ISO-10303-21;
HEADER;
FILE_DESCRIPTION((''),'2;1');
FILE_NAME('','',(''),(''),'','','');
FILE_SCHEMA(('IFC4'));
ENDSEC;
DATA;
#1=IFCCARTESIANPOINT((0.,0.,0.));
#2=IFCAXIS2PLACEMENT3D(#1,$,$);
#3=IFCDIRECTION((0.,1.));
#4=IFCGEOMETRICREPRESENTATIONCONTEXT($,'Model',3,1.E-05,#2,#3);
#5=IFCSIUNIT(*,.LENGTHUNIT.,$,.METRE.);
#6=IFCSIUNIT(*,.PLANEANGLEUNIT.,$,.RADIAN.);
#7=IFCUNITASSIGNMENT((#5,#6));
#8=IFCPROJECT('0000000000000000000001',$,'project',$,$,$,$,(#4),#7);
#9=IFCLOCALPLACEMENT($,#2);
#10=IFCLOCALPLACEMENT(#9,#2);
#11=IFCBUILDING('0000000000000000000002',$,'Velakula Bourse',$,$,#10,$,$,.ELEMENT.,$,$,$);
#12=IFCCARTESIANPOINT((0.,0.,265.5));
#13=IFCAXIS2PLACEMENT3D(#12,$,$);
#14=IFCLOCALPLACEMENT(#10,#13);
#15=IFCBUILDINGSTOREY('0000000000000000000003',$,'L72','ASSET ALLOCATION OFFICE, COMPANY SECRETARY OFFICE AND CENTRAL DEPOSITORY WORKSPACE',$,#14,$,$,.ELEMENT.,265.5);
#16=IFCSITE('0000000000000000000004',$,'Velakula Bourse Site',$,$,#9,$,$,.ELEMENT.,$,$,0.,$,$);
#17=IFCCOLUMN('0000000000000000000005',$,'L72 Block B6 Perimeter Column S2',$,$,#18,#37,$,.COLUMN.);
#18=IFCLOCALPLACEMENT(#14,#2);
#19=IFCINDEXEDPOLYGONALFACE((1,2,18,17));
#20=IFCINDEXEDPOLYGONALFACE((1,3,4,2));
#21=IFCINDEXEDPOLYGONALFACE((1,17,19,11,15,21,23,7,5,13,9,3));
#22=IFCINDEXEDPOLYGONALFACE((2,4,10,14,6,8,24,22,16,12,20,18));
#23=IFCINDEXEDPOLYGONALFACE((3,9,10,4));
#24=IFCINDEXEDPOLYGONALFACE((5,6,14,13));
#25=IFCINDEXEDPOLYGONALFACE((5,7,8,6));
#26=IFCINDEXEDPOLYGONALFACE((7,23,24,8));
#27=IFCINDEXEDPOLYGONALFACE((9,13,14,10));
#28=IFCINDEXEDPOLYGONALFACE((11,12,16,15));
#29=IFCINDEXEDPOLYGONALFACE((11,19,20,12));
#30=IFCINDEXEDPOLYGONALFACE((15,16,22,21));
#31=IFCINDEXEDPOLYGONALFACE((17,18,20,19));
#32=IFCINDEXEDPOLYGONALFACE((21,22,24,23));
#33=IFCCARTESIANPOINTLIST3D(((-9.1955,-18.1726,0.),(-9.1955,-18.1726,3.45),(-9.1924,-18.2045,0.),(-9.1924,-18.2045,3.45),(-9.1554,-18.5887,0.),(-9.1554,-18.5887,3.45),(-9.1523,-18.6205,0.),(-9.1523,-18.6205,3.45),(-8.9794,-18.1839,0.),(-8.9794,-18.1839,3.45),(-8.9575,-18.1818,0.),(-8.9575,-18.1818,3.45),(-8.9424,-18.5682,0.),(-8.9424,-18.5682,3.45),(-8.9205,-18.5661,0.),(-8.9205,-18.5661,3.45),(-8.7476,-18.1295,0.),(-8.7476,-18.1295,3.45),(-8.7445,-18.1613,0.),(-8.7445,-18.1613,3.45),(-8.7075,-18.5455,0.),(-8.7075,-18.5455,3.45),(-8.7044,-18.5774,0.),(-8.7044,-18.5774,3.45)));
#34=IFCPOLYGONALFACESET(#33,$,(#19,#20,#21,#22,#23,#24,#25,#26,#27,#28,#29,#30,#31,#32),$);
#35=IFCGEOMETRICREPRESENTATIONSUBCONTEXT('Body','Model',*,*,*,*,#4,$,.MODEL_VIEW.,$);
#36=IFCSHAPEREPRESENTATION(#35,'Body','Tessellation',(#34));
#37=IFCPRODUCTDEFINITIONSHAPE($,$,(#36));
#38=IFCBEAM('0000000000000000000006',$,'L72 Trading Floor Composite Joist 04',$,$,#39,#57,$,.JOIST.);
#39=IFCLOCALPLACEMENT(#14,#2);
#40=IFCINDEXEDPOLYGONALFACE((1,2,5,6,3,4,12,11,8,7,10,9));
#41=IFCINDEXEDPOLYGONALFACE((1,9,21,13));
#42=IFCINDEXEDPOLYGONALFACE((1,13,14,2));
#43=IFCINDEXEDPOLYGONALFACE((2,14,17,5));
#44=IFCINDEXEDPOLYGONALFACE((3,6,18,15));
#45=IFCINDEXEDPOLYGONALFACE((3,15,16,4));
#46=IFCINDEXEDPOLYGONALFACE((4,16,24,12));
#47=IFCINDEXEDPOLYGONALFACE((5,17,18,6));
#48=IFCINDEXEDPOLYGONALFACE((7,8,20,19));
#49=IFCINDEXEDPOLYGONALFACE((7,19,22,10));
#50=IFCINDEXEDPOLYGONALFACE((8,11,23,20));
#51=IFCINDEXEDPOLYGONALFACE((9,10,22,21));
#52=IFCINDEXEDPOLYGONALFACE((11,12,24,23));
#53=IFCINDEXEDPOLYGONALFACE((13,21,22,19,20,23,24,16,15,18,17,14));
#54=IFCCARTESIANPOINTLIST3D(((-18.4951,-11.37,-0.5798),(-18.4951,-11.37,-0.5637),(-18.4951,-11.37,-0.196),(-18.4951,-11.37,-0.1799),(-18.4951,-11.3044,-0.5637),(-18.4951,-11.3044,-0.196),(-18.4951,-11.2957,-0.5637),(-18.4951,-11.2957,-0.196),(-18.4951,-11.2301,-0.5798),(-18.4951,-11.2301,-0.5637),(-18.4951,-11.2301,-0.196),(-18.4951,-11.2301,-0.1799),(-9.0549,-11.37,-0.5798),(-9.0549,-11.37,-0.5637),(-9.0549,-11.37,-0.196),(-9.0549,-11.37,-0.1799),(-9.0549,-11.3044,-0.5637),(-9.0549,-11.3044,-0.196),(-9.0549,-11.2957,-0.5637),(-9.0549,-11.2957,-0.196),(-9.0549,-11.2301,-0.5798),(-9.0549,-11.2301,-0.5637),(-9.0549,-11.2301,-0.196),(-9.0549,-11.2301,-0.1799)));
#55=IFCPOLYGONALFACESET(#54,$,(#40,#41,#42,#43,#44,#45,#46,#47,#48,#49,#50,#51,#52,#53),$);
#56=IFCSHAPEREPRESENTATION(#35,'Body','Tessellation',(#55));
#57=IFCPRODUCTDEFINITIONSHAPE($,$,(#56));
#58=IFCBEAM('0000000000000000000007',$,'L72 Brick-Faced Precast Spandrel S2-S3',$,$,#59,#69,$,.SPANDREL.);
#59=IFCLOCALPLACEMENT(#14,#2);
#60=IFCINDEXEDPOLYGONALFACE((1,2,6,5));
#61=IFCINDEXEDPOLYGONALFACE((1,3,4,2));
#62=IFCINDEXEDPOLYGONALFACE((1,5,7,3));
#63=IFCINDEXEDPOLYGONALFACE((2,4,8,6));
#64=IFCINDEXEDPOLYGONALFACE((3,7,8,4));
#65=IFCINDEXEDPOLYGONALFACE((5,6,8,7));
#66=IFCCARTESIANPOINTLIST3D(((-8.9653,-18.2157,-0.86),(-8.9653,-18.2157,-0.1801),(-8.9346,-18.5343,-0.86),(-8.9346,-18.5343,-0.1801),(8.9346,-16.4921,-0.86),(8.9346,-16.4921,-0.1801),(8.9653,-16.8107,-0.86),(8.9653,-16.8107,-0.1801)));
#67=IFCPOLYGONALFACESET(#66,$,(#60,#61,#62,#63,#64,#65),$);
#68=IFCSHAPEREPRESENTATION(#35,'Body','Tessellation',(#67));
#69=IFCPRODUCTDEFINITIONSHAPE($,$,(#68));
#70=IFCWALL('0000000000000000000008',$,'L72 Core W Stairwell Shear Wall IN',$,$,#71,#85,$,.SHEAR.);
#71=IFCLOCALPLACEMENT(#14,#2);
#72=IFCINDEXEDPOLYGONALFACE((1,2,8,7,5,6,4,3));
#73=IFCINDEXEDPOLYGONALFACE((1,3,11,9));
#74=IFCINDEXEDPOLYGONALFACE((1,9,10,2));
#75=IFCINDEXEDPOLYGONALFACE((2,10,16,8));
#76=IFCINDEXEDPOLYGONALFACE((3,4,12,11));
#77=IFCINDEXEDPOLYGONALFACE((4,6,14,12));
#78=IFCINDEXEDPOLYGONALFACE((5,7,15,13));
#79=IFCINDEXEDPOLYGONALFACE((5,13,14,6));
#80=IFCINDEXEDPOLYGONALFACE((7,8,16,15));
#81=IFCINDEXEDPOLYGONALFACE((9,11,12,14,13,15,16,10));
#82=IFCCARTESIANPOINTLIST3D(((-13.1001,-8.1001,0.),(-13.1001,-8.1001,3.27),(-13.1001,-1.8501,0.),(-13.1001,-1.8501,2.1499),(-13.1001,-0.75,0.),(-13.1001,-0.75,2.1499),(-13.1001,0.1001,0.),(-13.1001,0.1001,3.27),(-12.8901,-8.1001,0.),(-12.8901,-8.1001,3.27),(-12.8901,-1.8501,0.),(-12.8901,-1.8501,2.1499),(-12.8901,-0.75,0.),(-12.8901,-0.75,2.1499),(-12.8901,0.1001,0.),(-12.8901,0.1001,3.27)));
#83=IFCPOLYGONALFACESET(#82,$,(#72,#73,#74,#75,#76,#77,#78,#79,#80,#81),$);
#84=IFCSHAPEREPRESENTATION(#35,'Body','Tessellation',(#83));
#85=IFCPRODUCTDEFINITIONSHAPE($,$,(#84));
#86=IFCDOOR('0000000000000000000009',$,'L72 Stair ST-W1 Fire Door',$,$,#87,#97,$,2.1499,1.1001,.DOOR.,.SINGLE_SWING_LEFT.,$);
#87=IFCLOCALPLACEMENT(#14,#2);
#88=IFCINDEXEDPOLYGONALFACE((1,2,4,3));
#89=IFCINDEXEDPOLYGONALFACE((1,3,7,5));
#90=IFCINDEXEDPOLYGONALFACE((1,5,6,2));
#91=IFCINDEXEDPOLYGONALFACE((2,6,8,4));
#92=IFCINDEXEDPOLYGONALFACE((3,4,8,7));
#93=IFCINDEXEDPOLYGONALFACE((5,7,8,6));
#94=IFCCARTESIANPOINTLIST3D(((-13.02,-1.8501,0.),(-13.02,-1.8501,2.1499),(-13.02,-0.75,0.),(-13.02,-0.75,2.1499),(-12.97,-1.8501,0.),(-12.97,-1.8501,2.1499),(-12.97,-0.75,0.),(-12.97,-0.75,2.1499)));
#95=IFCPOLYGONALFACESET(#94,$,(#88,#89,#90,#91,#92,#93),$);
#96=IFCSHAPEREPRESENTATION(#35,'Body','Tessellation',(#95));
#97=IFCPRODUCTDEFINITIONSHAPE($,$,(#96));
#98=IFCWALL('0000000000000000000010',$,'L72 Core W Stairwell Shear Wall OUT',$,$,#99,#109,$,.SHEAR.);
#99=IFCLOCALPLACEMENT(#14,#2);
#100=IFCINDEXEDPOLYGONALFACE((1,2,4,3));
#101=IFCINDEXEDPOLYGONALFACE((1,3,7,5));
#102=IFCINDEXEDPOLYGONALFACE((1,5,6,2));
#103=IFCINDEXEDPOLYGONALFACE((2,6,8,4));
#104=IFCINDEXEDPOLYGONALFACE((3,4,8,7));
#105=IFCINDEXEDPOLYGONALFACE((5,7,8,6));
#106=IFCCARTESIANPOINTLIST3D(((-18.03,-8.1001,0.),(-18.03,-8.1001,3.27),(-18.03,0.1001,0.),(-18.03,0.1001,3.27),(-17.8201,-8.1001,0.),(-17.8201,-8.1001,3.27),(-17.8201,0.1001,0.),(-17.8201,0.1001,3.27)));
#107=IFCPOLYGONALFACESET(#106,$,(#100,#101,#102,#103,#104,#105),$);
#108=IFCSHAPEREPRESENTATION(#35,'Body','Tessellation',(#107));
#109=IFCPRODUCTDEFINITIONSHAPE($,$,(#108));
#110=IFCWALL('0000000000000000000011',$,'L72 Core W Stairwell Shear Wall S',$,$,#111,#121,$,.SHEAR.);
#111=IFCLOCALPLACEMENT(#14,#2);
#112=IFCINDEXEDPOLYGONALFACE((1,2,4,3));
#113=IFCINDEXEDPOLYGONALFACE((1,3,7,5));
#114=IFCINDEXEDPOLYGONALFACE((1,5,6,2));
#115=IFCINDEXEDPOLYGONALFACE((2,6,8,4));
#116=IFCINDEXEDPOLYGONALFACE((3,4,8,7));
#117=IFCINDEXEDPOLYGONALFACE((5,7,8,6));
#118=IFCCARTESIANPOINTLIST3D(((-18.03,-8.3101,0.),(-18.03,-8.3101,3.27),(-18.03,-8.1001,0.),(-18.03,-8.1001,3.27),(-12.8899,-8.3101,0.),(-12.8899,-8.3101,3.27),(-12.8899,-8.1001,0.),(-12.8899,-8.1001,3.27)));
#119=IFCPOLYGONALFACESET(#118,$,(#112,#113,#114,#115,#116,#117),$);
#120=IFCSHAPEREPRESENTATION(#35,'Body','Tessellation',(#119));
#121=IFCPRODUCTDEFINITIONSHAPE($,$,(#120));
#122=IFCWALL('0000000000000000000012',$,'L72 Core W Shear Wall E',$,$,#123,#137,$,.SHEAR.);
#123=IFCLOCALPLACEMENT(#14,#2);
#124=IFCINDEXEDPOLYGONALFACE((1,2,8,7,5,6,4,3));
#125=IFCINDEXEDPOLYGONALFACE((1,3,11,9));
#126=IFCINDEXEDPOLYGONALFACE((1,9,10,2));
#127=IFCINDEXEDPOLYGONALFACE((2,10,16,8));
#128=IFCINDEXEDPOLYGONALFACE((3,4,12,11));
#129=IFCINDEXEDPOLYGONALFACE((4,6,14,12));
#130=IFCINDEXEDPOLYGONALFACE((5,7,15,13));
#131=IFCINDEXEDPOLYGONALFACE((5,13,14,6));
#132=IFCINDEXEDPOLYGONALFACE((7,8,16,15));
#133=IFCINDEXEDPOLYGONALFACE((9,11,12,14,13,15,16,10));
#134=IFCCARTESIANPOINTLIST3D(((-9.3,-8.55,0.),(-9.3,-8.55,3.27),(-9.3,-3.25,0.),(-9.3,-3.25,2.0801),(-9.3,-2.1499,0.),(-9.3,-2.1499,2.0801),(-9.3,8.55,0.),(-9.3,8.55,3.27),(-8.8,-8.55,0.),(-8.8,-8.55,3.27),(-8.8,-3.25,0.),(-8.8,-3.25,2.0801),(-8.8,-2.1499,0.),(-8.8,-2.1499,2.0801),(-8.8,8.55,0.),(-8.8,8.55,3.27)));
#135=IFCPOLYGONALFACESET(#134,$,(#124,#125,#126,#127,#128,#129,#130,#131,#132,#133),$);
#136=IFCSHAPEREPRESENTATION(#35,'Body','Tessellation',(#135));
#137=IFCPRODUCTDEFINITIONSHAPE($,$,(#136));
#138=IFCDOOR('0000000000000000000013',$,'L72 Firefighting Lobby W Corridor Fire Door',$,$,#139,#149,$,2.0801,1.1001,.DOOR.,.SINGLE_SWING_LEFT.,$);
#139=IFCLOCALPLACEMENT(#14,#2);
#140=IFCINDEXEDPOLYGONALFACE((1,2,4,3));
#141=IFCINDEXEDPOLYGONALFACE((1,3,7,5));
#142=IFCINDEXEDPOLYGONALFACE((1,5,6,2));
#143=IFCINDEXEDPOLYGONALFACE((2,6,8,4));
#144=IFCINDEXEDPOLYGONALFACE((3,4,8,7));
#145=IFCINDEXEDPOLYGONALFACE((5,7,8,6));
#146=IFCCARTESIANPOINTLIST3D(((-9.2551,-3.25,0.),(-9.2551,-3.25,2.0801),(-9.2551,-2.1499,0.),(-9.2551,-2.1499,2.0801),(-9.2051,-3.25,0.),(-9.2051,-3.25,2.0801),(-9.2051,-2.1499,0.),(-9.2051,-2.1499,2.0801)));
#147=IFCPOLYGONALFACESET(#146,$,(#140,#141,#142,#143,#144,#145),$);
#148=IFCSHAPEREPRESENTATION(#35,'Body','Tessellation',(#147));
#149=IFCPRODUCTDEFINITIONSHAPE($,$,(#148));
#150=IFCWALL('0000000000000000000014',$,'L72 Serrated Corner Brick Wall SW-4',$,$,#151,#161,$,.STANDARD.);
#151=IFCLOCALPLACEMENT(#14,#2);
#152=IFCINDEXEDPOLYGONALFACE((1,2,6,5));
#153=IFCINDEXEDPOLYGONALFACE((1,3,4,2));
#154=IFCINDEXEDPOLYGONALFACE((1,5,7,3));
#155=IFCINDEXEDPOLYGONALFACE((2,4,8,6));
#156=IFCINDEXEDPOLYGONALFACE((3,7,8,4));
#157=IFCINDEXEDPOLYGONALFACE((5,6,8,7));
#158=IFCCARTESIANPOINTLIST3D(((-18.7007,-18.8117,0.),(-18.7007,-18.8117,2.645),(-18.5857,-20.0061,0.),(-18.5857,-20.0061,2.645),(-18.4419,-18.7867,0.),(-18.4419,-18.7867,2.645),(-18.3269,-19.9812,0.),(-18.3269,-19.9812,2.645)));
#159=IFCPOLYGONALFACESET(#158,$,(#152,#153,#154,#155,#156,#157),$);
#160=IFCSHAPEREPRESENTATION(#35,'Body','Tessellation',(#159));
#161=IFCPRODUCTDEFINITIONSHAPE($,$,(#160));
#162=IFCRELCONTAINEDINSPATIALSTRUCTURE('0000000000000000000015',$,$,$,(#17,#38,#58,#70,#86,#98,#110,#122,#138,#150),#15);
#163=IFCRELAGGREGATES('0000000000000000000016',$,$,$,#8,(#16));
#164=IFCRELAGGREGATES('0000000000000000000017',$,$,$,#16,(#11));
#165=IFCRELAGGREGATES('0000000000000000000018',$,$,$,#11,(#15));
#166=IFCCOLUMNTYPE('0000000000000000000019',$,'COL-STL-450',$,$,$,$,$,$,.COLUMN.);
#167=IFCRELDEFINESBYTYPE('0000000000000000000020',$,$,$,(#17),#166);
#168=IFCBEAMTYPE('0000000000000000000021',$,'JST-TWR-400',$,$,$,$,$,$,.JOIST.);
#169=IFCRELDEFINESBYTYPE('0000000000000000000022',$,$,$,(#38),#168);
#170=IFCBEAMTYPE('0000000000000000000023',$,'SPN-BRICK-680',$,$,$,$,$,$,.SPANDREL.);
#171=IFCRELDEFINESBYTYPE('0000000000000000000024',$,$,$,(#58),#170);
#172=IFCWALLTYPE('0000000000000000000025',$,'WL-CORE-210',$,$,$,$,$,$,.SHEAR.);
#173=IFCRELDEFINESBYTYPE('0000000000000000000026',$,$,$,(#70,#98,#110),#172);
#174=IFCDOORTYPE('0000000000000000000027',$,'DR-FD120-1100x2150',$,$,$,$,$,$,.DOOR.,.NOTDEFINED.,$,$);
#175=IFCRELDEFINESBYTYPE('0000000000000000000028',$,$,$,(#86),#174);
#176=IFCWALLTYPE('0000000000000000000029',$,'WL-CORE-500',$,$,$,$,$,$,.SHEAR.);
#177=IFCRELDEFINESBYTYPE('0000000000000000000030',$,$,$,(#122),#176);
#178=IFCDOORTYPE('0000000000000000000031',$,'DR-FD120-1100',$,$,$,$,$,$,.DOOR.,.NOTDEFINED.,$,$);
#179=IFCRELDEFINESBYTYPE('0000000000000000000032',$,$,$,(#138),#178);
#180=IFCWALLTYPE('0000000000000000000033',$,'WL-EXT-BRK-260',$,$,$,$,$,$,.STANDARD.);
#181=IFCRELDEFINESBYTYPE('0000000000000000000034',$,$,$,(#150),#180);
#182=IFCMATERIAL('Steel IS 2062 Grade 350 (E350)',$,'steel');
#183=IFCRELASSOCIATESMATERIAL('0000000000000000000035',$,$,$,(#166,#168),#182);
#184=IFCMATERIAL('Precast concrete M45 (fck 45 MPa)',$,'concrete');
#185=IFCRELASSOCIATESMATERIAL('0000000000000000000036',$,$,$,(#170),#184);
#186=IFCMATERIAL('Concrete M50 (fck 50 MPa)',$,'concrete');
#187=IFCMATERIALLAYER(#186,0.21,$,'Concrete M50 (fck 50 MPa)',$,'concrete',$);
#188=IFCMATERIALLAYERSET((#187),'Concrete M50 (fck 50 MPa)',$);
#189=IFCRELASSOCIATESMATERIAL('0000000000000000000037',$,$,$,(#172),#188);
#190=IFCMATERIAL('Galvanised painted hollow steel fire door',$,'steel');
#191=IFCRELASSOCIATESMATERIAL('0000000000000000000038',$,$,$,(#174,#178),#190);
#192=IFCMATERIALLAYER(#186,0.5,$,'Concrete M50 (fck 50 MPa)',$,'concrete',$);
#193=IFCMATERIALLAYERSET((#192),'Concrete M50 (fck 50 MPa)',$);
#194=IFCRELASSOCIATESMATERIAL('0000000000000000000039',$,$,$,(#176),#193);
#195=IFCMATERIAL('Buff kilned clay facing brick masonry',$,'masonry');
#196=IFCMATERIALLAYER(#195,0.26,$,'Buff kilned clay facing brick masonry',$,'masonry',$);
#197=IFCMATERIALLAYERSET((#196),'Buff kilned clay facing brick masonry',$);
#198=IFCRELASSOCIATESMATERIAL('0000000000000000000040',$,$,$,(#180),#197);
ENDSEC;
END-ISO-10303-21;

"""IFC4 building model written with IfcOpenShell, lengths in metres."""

from ifc_helpers import new_model, si_unit, direction, frame, frame_2d, origin, origin_2d, place, context, subcontext, project, spatial, rectangle, i_section, extrude, material, layer, layer_set, material_profile, profile_set, type_object, element, fill, save


model = new_model("IFC4")

# Units and contexts
model_context = context("Model", 3, precision=1e-05, world=origin(), true_north=direction((0.0, 1.0)))
body_context = subcontext(model_context, "Body", "Model", "MODEL_VIEW")
ifc_project = project(units=[si_unit("LENGTHUNIT", "METRE"), si_unit("PLANEANGLEUNIT", "RADIAN")], contexts=[model_context])

# Site, building, storey
site_placement = place(None, origin())
site = spatial("IfcSite", under=ifc_project, at=site_placement, Name="Velakula Bourse Site", CompositionType="ELEMENT", RefElevation=0.0)
building_placement = place(site_placement, origin())
building = spatial("IfcBuilding", under=site, at=building_placement, Name="Velakula Bourse", CompositionType="ELEMENT")
storey_placement = place(building_placement, frame((0.0, 0.0, 265.5)))
storey = spatial("IfcBuildingStorey", under=building, at=storey_placement, Name="L72", Description="ASSET ALLOCATION OFFICE, COMPANY SECRETARY OFFICE AND CENTRAL DEPOSITORY WORKSPACE", CompositionType="ELEMENT", Elevation=265.5)

# Column
ifc_material_1 = material(Name="Steel IS 2062 Grade 350 (E350)", Category="steel")
ifc_material_profile_1 = material_profile(ifc_material_1, i_section(OverallWidth=0.45, OverallDepth=0.45, WebThickness=0.022, FlangeThickness=0.032, at=origin_2d()), Name="Steel IS 2062 Grade 350 (E350)")
ifc_profile_set_1 = profile_set([ifc_material_profile_1], Name="Steel IS 2062 Grade 350 (E350)")
column_type = type_object("IfcColumnType", Name="COL-STL-450", PredefinedType="COLUMN", material=ifc_profile_set_1)
column_placement = place(storey_placement, frame((-8.95, -18.375, 0.0), z_axis=(0.0, 0.0, 1.0), x_axis=(0.995396, 0.095846, 0.0)))
element("IfcColumn", 1, at=column_placement, inside=storey, type_object=column_type, Name="L72 Block B6 Perimeter Column S2", PredefinedType="COLUMN", context=body_context, shape_type="SweptSolid", body=[
    extrude(i_section(OverallWidth=0.45, OverallDepth=0.45, WebThickness=0.022, FlangeThickness=0.032, at=origin_2d()), origin(), (0.0, 0.0, 1.0), 3.45),
])

# Beams
ifc_material_profile_2 = material_profile(ifc_material_1, i_section(OverallWidth=0.1399, OverallDepth=0.3999, WebThickness=0.0088, FlangeThickness=0.0161, at=origin_2d()), Name="Steel IS 2062 Grade 350 (E350)")
ifc_profile_set_2 = profile_set([ifc_material_profile_2], Name="Steel IS 2062 Grade 350 (E350)")
beam_type_1 = type_object("IfcBeamType", Name="JST-TWR-400", PredefinedType="JOIST", material=ifc_profile_set_2)
beam_1_placement = place(storey_placement, frame((-18.4951, -11.3, -0.3799), z_axis=(1.0, 0.0, 0.0), x_axis=(0.0, 1.0, 0.0)))
element("IfcBeam", 2, at=beam_1_placement, inside=storey, type_object=beam_type_1, Name="L72 Trading Floor Composite Joist 04", PredefinedType="JOIST", context=body_context, shape_type="SweptSolid", body=[
    extrude(i_section(OverallWidth=0.1399, OverallDepth=0.3999, WebThickness=0.0088, FlangeThickness=0.0161, at=origin_2d()), origin(), (0.0, 0.0, 1.0), 9.4402),
])
ifc_material_2 = material(Name="Precast concrete M45 (fck 45 MPa)", Category="concrete")
ifc_material_profile_3 = material_profile(ifc_material_2, rectangle(XDim=0.3201, YDim=0.6799, at=origin_2d()), Name="Precast concrete M45 (fck 45 MPa)")
ifc_profile_set_3 = profile_set([ifc_material_profile_3], Name="Precast concrete M45 (fck 45 MPa)")
beam_type_2 = type_object("IfcBeamType", Name="SPN-BRICK-680", PredefinedType="SPANDREL", material=ifc_profile_set_3)
beam_2_placement = place(storey_placement, frame((-8.95, -18.375, -0.52), z_axis=(0.995396, 0.09585, 0.0), x_axis=(-0.09585, 0.995396, 0.0)))
element("IfcBeam", 3, at=beam_2_placement, inside=storey, type_object=beam_type_2, Name="L72 Brick-Faced Precast Spandrel S2-S3", PredefinedType="SPANDREL", context=body_context, shape_type="SweptSolid", body=[
    extrude(rectangle(XDim=0.3201, YDim=0.6799, at=origin_2d()), origin(), (0.0, 0.0, 1.0), 17.9827),
])

# Wall, opening, door
ifc_material_3 = material(Name="Concrete M50 (fck 50 MPa)", Category="concrete")
ifc_layer_1 = layer(ifc_material_3, 0.21, Name="Concrete M50 (fck 50 MPa)", Category="concrete")
ifc_layer_set_1 = layer_set([ifc_layer_1], Name="Concrete M50 (fck 50 MPa)")
wall_type_1 = type_object("IfcWallType", Name="WL-CORE-210", PredefinedType="SHEAR", material=ifc_layer_set_1)
wall_1_placement = place(storey_placement, frame((-12.9951, -8.1001, 0.0), z_axis=(0.0, 0.0, 1.0), x_axis=(0.0, 1.0, 0.0)))
wall_1 = element("IfcWall", 4, at=wall_1_placement, inside=storey, type_object=wall_type_1, Name="L72 Core W Stairwell Shear Wall IN", PredefinedType="SHEAR", context=body_context, shape_type="SweptSolid", body=[
    extrude(rectangle(XDim=8.2002, YDim=0.21, at=frame_2d((4.1001, 0.0))), origin(), (0.0, 0.0, 1.0), 3.27),
])
opening_1_placement = place(wall_1_placement, frame((6.25, 0.0, 0.0)))
opening_1 = element("IfcOpeningElement", 5, at=opening_1_placement, cuts=wall_1, PredefinedType="OPENING", context=body_context, shape_type="SweptSolid", body=[
    extrude(rectangle(XDim=1.1001, YDim=2.1499, at=frame_2d((0.55, 1.075))), frame((0.0, 0.115, 0.0), z_axis=(0.0, -1.0, 0.0), x_axis=(1.0, 0.0, 0.0)), (0.0, 0.0, 1.0), 0.23),
])
ifc_material_4 = material(Name="Galvanised painted hollow steel fire door", Category="steel")
door_type_1 = type_object("IfcDoorType", Name="DR-FD120-1100x2150", OperationType="NOTDEFINED", PredefinedType="DOOR", material=ifc_material_4)
door_1_placement = place(opening_1_placement, origin())
door_1 = element("IfcDoor", 6, at=door_1_placement, inside=storey, type_object=door_type_1, Name="L72 Stair ST-W1 Fire Door", OperationType="SINGLE_SWING_LEFT", OverallHeight=2.1499, OverallWidth=1.1001, PredefinedType="DOOR", context=body_context, shape_type="SweptSolid", body=[
    extrude(rectangle(XDim=1.1001, YDim=2.1499, at=frame_2d((0.55, 1.075))), frame((0.0, 0.0249, 0.0), z_axis=(0.0, -1.0, 0.0), x_axis=(1.0, 0.0, 0.0)), (0.0, 0.0, 1.0), 0.05),
])
fill(opening_1, door_1)

# Walls
wall_2_placement = place(storey_placement, frame((-17.925, -8.1001, 0.0), z_axis=(0.0, 0.0, 1.0), x_axis=(0.0, 1.0, 0.0)))
element("IfcWall", 7, at=wall_2_placement, inside=storey, type_object=wall_type_1, Name="L72 Core W Stairwell Shear Wall OUT", PredefinedType="SHEAR", context=body_context, shape_type="SweptSolid", body=[
    extrude(rectangle(XDim=8.2002, YDim=0.21, at=frame_2d((4.1001, 0.0))), origin(), (0.0, 0.0, 1.0), 3.27),
])
wall_3_placement = place(storey_placement, frame((-18.03, -8.2051, 0.0), z_axis=(0.0, 0.0, 1.0), x_axis=(1.0, 0.0, 0.0)))
element("IfcWall", 8, at=wall_3_placement, inside=storey, type_object=wall_type_1, Name="L72 Core W Stairwell Shear Wall S", PredefinedType="SHEAR", context=body_context, shape_type="SweptSolid", body=[
    extrude(rectangle(XDim=5.1401, YDim=0.21, at=frame_2d((2.5701, 0.0))), origin(), (0.0, 0.0, 1.0), 3.27),
])

# Wall, opening, door
ifc_layer_2 = layer(ifc_material_3, 0.5, Name="Concrete M50 (fck 50 MPa)", Category="concrete")
ifc_layer_set_2 = layer_set([ifc_layer_2], Name="Concrete M50 (fck 50 MPa)")
wall_type_2 = type_object("IfcWallType", Name="WL-CORE-500", PredefinedType="SHEAR", material=ifc_layer_set_2)
wall_4_placement = place(storey_placement, frame((-9.05, -8.55, 0.0), z_axis=(0.0, 0.0, 1.0), x_axis=(0.0, 1.0, 0.0)))
wall_4 = element("IfcWall", 9, at=wall_4_placement, inside=storey, type_object=wall_type_2, Name="L72 Core W Shear Wall E", PredefinedType="SHEAR", context=body_context, shape_type="SweptSolid", body=[
    extrude(rectangle(XDim=17.1001, YDim=0.5, at=frame_2d((8.55, 0.0))), origin(), (0.0, 0.0, 1.0), 3.27),
])
opening_2_placement = place(wall_4_placement, frame((5.3, 0.0, 0.0)))
opening_2 = element("IfcOpeningElement", 10, at=opening_2_placement, cuts=wall_4, PredefinedType="OPENING", context=body_context, shape_type="SweptSolid", body=[
    extrude(rectangle(XDim=1.1001, YDim=2.0801, at=frame_2d((0.55, 1.04))), frame((0.0, 0.26, 0.0), z_axis=(0.0, -1.0, 0.0), x_axis=(1.0, 0.0, 0.0)), (0.0, 0.0, 1.0), 0.52),
])
door_type_2 = type_object("IfcDoorType", Name="DR-FD120-1100", OperationType="NOTDEFINED", PredefinedType="DOOR", material=ifc_material_4)
door_2_placement = place(opening_2_placement, origin())
door_2 = element("IfcDoor", 11, at=door_2_placement, inside=storey, type_object=door_type_2, Name="L72 Firefighting Lobby W Corridor Fire Door", OperationType="SINGLE_SWING_LEFT", OverallHeight=2.0801, OverallWidth=1.1001, PredefinedType="DOOR", context=body_context, shape_type="SweptSolid", body=[
    extrude(rectangle(XDim=1.1001, YDim=2.0801, at=frame_2d((0.55, 1.04))), frame((0.0, 0.2051, 0.0), z_axis=(0.0, -1.0, 0.0), x_axis=(1.0, 0.0, 0.0)), (0.0, 0.0, 1.0), 0.05),
])
fill(opening_2, door_2)

# Wall
ifc_material_5 = material(Name="Buff kilned clay facing brick masonry", Category="masonry")
ifc_layer_3 = layer(ifc_material_5, 0.26, Name="Buff kilned clay facing brick masonry", Category="masonry")
ifc_layer_set_3 = layer_set([ifc_layer_3], Name="Buff kilned clay facing brick masonry")
wall_type_3 = type_object("IfcWallType", Name="WL-EXT-BRK-260", PredefinedType="STANDARD", material=ifc_layer_set_3)
wall_5_placement = place(storey_placement, frame((-18.5713, -18.7991, 0.0), z_axis=(0.0, 0.0, 1.0), x_axis=(0.095836, -0.995397, 0.0)))
element("IfcWall", 12, at=wall_5_placement, inside=storey, type_object=wall_type_3, Name="L72 Serrated Corner Brick Wall SW-4", PredefinedType="STANDARD", context=body_context, shape_type="SweptSolid", body=[
    extrude(rectangle(XDim=1.2, YDim=0.26, at=frame_2d((0.6001, 0.0))), origin(), (0.0, 0.0, 1.0), 2.645),
])

save(model, "model.ifc")
